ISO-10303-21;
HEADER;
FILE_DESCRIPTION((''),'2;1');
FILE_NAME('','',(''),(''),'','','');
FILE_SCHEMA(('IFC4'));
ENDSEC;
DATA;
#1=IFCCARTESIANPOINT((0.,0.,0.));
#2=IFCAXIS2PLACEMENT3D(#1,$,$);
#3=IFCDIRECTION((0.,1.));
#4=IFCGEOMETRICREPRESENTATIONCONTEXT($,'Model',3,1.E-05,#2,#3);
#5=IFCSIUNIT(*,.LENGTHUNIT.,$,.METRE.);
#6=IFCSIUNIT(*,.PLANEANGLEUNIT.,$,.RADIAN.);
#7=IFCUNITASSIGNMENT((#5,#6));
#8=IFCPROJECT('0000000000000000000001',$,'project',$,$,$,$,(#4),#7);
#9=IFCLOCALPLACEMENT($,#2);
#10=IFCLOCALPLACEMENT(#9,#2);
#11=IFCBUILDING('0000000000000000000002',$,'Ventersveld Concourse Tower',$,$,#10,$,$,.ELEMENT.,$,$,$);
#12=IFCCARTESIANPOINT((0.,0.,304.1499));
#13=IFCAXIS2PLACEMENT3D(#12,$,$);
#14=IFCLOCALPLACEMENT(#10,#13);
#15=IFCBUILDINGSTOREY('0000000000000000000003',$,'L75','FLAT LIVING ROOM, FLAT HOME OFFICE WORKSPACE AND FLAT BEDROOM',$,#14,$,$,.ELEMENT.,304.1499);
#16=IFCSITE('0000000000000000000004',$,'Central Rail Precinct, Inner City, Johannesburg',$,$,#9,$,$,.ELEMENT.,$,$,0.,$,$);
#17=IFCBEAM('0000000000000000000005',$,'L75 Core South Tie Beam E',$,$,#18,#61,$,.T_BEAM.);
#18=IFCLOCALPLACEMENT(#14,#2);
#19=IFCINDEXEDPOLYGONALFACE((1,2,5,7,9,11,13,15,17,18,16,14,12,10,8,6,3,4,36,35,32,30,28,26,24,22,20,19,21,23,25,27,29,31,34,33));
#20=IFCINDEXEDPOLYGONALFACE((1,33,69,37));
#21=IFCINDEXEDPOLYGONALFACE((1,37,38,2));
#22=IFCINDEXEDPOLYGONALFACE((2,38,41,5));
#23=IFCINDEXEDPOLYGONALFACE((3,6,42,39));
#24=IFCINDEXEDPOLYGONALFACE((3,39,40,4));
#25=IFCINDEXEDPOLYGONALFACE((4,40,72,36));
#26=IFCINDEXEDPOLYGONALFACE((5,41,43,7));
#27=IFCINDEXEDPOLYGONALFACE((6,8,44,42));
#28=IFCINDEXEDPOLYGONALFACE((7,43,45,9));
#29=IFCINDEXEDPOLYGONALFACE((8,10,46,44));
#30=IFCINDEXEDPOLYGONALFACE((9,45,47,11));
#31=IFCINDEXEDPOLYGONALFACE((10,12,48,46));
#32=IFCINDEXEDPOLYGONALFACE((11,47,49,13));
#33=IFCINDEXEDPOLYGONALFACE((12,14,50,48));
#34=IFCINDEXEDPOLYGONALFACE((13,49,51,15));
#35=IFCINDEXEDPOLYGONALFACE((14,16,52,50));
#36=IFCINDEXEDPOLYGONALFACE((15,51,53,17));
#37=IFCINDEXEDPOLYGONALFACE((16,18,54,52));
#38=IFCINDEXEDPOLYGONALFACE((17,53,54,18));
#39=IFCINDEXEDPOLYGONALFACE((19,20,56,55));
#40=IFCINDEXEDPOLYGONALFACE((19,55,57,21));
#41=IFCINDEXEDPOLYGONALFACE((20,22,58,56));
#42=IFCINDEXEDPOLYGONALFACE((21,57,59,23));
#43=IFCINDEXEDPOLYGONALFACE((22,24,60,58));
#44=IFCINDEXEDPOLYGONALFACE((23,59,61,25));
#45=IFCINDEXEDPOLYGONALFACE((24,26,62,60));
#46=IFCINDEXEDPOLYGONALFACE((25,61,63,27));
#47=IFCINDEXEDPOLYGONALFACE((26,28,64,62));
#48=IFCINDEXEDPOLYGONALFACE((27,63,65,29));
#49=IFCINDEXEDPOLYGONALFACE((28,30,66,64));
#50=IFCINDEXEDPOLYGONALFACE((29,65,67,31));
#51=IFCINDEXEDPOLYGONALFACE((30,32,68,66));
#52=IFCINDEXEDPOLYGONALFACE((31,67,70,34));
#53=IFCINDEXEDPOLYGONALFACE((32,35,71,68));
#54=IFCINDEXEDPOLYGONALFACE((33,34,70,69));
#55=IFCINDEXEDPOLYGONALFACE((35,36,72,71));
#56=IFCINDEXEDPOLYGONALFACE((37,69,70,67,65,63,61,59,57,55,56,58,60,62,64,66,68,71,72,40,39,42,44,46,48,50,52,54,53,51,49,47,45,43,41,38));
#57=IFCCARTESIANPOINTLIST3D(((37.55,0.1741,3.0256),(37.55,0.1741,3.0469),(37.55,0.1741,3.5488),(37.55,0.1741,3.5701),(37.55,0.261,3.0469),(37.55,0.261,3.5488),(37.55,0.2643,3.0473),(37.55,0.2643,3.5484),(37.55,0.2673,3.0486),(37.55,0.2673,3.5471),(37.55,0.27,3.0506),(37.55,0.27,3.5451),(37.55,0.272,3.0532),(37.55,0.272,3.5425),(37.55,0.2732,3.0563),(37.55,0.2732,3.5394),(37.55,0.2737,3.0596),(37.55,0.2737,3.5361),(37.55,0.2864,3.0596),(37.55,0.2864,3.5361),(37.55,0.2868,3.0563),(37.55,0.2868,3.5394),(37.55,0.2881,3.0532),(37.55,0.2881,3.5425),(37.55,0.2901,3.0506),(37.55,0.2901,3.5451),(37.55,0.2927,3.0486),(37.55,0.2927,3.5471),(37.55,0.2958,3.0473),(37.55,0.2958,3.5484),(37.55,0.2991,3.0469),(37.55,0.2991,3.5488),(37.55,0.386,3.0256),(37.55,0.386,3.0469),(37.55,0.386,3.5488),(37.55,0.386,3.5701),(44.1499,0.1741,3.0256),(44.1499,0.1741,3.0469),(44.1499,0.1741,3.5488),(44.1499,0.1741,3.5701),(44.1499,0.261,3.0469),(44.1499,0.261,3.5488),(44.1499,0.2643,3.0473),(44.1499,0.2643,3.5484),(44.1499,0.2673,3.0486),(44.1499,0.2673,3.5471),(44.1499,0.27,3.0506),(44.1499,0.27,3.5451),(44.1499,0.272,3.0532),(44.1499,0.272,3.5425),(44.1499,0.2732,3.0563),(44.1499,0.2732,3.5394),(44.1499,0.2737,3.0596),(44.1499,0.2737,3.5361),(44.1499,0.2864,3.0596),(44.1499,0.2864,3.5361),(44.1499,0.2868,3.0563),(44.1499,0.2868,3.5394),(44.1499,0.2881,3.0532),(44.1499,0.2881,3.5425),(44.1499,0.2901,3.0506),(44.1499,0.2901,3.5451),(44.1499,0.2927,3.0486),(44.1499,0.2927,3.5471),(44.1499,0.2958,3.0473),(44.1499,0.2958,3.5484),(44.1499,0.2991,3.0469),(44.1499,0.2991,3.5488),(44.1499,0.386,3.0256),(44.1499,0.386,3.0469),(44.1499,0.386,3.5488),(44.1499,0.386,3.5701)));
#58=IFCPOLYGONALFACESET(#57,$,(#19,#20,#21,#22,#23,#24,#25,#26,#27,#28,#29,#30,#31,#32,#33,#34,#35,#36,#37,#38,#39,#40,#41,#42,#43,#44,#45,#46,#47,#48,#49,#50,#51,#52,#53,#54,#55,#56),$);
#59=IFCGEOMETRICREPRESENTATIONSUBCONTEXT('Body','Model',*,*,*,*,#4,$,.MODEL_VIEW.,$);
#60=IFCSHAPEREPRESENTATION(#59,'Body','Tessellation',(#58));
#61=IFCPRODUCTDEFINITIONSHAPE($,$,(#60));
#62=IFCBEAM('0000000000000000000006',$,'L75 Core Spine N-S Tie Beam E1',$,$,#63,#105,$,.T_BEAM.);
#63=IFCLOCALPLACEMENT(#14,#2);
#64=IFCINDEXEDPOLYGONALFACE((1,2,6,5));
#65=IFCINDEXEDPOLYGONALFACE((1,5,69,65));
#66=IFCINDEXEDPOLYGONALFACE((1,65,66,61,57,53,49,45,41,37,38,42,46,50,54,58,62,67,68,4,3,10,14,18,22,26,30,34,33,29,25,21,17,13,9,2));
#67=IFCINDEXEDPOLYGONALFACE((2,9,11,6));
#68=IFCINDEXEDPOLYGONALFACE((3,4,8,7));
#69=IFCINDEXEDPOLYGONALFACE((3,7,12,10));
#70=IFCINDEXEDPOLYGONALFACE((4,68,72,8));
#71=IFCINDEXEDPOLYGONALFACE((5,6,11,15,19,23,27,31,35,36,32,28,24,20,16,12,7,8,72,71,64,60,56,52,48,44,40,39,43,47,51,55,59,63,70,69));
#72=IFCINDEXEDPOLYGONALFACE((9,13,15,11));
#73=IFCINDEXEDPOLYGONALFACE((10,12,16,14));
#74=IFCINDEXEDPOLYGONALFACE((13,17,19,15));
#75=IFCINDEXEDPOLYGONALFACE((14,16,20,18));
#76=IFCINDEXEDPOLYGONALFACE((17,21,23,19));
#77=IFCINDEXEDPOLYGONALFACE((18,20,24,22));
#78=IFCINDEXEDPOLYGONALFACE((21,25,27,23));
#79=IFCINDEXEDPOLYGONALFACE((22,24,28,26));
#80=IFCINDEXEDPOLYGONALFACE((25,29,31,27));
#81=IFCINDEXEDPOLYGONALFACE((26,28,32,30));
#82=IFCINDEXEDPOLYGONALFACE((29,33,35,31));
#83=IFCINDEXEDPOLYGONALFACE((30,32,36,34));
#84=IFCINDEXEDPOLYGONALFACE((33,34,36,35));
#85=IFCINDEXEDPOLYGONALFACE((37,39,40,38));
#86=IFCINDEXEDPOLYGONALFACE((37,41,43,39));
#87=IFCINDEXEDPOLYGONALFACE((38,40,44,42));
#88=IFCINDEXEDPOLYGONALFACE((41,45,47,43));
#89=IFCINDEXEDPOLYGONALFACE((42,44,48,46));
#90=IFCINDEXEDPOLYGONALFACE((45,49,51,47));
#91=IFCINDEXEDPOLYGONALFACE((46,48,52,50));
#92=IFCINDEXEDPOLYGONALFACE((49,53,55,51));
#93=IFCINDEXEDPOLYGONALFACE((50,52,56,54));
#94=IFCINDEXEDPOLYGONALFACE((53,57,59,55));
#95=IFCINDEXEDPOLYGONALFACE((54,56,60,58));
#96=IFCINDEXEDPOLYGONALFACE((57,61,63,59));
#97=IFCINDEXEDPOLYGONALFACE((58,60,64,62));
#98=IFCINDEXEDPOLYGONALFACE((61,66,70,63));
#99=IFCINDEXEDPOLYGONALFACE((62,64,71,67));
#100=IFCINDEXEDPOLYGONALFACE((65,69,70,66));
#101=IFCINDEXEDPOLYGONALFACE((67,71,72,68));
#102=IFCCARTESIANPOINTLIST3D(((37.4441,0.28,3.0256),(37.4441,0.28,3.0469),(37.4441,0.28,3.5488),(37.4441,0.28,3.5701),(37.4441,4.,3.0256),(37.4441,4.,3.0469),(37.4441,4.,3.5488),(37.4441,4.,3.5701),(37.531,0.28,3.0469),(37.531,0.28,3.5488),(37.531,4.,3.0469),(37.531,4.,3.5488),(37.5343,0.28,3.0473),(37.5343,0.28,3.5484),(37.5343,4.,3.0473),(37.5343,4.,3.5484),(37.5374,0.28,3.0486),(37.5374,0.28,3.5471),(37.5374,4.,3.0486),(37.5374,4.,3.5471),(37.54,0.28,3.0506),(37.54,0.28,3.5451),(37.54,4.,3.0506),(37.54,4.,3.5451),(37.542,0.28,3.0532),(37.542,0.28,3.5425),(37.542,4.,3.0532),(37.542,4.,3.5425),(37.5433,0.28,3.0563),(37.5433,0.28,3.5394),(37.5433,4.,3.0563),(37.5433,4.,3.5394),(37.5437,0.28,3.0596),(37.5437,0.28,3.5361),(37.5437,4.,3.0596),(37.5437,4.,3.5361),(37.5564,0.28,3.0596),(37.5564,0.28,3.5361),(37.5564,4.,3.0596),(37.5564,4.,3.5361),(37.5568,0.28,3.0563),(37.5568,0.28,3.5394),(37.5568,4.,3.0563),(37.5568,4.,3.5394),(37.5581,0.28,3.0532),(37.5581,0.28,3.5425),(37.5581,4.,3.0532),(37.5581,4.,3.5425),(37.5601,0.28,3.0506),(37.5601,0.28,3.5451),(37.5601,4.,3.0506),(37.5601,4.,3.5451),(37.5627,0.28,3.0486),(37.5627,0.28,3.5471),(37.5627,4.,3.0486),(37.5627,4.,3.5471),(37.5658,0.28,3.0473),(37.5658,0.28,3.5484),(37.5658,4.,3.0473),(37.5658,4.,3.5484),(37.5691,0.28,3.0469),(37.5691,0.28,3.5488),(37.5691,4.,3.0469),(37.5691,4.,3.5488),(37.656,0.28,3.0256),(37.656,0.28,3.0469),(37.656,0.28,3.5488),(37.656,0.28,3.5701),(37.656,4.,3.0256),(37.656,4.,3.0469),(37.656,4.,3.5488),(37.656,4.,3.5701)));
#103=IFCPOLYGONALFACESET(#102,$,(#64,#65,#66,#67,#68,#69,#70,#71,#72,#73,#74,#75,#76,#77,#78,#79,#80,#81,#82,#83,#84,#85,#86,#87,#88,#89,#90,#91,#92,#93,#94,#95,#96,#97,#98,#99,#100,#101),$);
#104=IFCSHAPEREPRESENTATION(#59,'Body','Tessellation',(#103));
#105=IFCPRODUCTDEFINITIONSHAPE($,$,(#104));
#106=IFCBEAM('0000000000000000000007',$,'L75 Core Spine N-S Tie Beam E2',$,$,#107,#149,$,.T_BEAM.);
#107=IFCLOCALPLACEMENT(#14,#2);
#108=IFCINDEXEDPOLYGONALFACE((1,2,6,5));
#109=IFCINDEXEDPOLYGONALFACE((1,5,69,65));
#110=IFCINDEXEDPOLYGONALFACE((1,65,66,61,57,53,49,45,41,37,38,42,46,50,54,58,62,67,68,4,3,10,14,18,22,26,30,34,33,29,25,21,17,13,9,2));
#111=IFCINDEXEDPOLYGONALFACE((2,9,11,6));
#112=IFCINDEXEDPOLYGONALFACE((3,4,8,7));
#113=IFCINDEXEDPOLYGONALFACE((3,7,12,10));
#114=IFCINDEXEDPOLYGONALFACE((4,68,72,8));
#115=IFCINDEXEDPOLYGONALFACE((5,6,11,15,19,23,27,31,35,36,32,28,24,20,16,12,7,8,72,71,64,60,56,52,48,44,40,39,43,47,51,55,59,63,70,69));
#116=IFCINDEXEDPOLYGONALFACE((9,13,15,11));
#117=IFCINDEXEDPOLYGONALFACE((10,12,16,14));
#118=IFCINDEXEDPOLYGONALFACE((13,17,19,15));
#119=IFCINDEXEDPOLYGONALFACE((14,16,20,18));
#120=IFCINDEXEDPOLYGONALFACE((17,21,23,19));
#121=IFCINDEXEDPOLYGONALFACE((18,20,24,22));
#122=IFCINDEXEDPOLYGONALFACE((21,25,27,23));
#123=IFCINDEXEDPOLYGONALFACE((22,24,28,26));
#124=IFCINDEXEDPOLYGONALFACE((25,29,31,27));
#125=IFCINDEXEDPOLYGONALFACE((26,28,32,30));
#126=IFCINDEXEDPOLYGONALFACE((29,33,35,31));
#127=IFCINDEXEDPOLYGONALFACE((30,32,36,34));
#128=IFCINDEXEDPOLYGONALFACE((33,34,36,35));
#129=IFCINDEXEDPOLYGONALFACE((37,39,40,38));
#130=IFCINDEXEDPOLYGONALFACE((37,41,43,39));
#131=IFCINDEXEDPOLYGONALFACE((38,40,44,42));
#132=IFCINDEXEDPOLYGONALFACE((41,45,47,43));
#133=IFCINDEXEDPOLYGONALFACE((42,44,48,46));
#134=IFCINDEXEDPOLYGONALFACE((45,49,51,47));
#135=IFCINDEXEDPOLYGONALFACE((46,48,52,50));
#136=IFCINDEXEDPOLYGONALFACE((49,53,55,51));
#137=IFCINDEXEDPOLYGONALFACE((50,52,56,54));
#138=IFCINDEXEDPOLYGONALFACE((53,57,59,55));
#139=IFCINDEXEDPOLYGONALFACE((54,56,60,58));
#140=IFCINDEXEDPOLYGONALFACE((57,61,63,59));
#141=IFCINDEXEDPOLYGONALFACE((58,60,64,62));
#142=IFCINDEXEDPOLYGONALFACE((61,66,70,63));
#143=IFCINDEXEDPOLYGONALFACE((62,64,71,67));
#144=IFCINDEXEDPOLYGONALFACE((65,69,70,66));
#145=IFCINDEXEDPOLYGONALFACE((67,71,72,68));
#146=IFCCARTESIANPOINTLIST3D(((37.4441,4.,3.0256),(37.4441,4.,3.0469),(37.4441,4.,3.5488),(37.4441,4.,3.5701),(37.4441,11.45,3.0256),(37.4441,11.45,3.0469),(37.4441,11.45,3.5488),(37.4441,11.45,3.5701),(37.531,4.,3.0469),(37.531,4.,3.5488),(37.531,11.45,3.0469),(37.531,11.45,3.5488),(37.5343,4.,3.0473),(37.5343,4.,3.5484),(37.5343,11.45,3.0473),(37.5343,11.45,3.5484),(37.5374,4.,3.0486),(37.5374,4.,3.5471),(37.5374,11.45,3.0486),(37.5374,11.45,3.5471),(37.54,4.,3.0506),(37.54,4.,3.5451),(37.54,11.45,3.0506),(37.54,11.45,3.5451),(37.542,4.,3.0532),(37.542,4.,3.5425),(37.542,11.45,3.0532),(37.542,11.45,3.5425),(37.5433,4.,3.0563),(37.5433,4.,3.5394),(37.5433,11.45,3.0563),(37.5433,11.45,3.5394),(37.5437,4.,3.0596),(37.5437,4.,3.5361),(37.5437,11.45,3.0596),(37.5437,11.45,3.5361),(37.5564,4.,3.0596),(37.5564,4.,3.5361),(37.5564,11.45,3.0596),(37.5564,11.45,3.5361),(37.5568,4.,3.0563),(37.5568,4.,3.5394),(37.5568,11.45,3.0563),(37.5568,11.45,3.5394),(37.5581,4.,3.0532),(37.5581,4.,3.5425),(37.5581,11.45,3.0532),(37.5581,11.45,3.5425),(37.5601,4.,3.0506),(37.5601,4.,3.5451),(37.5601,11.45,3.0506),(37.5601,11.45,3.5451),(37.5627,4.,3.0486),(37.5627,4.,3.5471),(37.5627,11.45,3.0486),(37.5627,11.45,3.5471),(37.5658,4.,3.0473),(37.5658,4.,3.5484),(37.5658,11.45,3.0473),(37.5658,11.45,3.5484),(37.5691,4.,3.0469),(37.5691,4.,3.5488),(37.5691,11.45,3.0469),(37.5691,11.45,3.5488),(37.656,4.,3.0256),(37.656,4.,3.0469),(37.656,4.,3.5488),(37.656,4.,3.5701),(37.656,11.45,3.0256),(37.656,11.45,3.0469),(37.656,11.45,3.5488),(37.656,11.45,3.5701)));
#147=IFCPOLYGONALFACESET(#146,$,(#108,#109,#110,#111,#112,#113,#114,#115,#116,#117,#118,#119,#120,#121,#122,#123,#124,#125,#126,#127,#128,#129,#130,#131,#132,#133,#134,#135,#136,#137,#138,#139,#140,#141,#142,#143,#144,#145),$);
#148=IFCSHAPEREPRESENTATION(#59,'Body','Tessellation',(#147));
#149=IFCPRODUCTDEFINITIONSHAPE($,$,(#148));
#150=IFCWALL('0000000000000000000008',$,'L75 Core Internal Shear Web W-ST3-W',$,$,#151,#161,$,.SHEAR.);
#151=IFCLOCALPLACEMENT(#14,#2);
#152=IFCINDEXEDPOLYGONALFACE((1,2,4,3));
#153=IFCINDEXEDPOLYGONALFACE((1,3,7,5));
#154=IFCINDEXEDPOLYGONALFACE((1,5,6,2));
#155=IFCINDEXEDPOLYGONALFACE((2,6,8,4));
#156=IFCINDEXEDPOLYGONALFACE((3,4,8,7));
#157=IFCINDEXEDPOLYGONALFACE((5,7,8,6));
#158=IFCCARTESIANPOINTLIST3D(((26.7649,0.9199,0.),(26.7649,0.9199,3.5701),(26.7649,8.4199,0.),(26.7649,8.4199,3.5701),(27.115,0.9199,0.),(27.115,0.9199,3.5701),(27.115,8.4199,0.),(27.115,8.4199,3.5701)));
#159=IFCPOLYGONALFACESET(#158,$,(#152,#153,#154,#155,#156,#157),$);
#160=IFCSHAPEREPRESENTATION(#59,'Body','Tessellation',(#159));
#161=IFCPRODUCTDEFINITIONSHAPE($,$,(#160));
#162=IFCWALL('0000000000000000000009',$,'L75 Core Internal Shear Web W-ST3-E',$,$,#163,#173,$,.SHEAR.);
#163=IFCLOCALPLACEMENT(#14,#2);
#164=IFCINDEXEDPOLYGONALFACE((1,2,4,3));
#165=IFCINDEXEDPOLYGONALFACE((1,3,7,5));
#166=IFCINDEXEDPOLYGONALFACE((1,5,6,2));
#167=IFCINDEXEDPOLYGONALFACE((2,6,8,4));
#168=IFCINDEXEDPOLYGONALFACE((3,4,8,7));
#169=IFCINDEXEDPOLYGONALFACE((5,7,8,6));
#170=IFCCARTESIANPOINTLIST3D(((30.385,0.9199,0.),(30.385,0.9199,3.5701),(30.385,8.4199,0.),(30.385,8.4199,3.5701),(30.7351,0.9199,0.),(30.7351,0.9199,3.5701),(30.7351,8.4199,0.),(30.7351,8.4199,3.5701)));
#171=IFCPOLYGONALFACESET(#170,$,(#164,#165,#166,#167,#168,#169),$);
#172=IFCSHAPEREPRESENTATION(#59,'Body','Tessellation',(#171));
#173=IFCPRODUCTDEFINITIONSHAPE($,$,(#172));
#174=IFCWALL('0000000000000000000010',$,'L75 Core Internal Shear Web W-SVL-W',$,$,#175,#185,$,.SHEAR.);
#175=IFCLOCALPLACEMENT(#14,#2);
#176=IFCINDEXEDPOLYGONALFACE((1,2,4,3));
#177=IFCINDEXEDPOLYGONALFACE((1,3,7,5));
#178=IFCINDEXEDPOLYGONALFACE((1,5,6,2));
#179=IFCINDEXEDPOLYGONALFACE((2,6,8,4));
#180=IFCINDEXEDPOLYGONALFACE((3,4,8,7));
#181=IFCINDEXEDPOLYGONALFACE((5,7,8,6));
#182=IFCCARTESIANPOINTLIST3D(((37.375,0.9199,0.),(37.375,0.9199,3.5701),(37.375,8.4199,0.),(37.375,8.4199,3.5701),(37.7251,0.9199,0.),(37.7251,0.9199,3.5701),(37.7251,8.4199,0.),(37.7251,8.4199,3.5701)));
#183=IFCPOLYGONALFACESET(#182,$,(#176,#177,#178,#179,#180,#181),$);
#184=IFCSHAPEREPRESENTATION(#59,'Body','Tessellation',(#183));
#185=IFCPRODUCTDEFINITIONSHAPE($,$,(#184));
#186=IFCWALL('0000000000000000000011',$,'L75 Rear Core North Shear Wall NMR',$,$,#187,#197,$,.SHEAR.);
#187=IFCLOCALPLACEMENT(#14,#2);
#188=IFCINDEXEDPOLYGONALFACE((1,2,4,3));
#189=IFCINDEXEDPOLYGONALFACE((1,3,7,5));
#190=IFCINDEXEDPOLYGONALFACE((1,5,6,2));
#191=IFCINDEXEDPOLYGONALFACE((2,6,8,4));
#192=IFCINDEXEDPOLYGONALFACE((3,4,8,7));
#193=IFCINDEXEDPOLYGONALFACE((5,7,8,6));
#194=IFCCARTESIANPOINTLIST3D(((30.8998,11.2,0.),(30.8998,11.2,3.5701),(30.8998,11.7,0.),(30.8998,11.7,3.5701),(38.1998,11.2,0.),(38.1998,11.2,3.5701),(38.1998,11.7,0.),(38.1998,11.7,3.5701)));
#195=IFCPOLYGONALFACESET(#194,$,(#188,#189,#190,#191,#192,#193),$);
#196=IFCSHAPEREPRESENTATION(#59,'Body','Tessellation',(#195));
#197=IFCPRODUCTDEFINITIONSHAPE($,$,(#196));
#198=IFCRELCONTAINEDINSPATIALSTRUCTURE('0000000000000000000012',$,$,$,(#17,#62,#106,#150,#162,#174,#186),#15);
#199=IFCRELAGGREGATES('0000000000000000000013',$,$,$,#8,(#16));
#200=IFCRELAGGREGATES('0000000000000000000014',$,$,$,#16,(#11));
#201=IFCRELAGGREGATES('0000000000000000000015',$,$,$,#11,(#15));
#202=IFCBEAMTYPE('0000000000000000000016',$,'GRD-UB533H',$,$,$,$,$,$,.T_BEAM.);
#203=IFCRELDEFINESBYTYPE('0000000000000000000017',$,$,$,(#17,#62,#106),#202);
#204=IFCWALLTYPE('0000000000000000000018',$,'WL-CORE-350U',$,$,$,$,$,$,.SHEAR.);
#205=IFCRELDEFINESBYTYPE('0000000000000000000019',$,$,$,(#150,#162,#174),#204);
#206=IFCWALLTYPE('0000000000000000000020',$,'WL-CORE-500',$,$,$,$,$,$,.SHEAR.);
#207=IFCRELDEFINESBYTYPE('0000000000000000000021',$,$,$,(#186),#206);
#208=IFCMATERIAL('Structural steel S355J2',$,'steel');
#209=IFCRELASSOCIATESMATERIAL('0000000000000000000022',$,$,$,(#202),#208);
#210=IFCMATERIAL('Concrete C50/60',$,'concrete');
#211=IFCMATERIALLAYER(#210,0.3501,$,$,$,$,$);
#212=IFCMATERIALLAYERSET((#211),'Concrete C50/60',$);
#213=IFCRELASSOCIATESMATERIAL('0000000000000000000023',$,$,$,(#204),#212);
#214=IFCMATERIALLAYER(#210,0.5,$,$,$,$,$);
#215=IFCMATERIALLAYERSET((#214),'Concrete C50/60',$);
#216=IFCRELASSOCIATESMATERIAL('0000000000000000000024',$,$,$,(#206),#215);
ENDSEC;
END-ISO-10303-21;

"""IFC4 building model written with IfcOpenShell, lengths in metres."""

from ifc_helpers import new_model, si_unit, direction, frame, frame_2d, origin, origin_2d, place, context, subcontext, project, spatial, rectangle, i_section, extrude, material, layer, layer_set, material_profile, profile_set, type_object, element, save


model = new_model("IFC4")

# Units and contexts
model_context = context("Model", 3, precision=1e-05, world=origin(), true_north=direction((0.0, 1.0)))
body_context = subcontext(model_context, "Body", "Model", "MODEL_VIEW")
ifc_project = project(units=[si_unit("LENGTHUNIT", "METRE"), si_unit("PLANEANGLEUNIT", "RADIAN")], contexts=[model_context])

# Site, building, storey
site_placement = place(None, origin())
site = spatial("IfcSite", under=ifc_project, at=site_placement, Name="Central Rail Precinct, Inner City, Johannesburg", CompositionType="ELEMENT", RefElevation=0.0)
building_placement = place(site_placement, origin())
building = spatial("IfcBuilding", under=site, at=building_placement, Name="Ventersveld Concourse Tower", CompositionType="ELEMENT")
storey_placement = place(building_placement, frame((0.0, 0.0, 304.1499)))
storey = spatial("IfcBuildingStorey", under=building, at=storey_placement, Name="L75", Description="FLAT LIVING ROOM, FLAT HOME OFFICE WORKSPACE AND FLAT BEDROOM", CompositionType="ELEMENT", Elevation=304.1499)

# Shared definitions
ifc_material_1 = material(Name="Concrete C50/60", Category="concrete")

# Beams
ifc_material_2 = material(Name="Structural steel S355J2", Category="steel")
ifc_material_profile_1 = material_profile(ifc_material_2, i_section(OverallWidth=0.2119, OverallDepth=0.5444, WebThickness=0.0127, FlangeThickness=0.0212, FilletRadius=0.0127, at=origin_2d()), Name="UB 533x210x122")
ifc_profile_set_1 = profile_set([ifc_material_profile_1], Name="Structural steel S355J2")
beam_type_1 = type_object("IfcBeamType", Name="GRD-UB533H", PredefinedType="T_BEAM", material=ifc_profile_set_1)
beam_1_placement = place(storey_placement, frame((37.55, 0.28, 3.2979), z_axis=(1.0, 0.0, 0.0), x_axis=(0.0, 1.0, 0.0)))
element("IfcBeam", 1, at=beam_1_placement, inside=storey, type_object=beam_type_1, Name="L75 Core South Tie Beam E", PredefinedType="T_BEAM", context=body_context, shape_type="SweptSolid", body=[
    extrude(i_section(OverallWidth=0.2119, OverallDepth=0.5444, WebThickness=0.0127, FlangeThickness=0.0212, FilletRadius=0.0127, at=origin_2d()), origin(), (0.0, 0.0, 1.0), 6.5999),
])
beam_2_placement = place(storey_placement, frame((37.55, 0.28, 3.2979), z_axis=(0.0, 1.0, 0.0), x_axis=(-1.0, 0.0, 0.0)))
element("IfcBeam", 2, at=beam_2_placement, inside=storey, type_object=beam_type_1, Name="L75 Core Spine N-S Tie Beam E1", PredefinedType="T_BEAM", context=body_context, shape_type="SweptSolid", body=[
    extrude(i_section(OverallWidth=0.2119, OverallDepth=0.5444, WebThickness=0.0127, FlangeThickness=0.0212, FilletRadius=0.0127, at=origin_2d()), origin(), (0.0, 0.0, 1.0), 3.72),
])
beam_3_placement = place(storey_placement, frame((37.55, 4.0, 3.2979), z_axis=(0.0, 1.0, 0.0), x_axis=(-1.0, 0.0, 0.0)))
element("IfcBeam", 3, at=beam_3_placement, inside=storey, type_object=beam_type_1, Name="L75 Core Spine N-S Tie Beam E2", PredefinedType="T_BEAM", context=body_context, shape_type="SweptSolid", body=[
    extrude(i_section(OverallWidth=0.2119, OverallDepth=0.5444, WebThickness=0.0127, FlangeThickness=0.0212, FilletRadius=0.0127, at=origin_2d()), origin(), (0.0, 0.0, 1.0), 7.45),
])

# Walls
ifc_layer_1 = layer(ifc_material_1, 0.3501)
ifc_layer_set_1 = layer_set([ifc_layer_1], Name="Concrete C50/60")
wall_type_1 = type_object("IfcWallType", Name="WL-CORE-350U", PredefinedType="SHEAR", material=ifc_layer_set_1)
for number, where, z_axis, x_axis, name in (
    (4, (26.9399, 0.9199, 0.0), (0.0, 0.0, 1.0), (0.0, 1.0, 0.0), "L75 Core Internal Shear Web W-ST3-W"),
    (5, (30.5601, 0.9199, 0.0), (0.0, 0.0, 1.0), (0.0, 1.0, 0.0), "L75 Core Internal Shear Web W-ST3-E"),
    (6, (37.55, 0.9199, 0.0), (0.0, 0.0, 1.0), (0.0, 1.0, 0.0), "L75 Core Internal Shear Web W-SVL-W"),
):
    element("IfcWall", number, at=place(storey_placement, frame(where, z_axis=z_axis, x_axis=x_axis)), inside=storey, type_object=wall_type_1, Name=name, PredefinedType="SHEAR", context=body_context, shape_type="SweptSolid", body=[
        extrude(rectangle(XDim=7.5, YDim=0.3501, at=frame_2d((3.75, 0.0))), origin(), (0.0, 0.0, 1.0), 3.5701),
    ])
ifc_layer_2 = layer(ifc_material_1, 0.5)
ifc_layer_set_2 = layer_set([ifc_layer_2], Name="Concrete C50/60")
wall_type_2 = type_object("IfcWallType", Name="WL-CORE-500", PredefinedType="SHEAR", material=ifc_layer_set_2)
wall_1_placement = place(storey_placement, frame((30.8999, 11.45, 0.0), z_axis=(0.0, 0.0, 1.0), x_axis=(1.0, 0.0, 0.0)))
element("IfcWall", 7, at=wall_1_placement, inside=storey, type_object=wall_type_2, Name="L75 Rear Core North Shear Wall NMR", PredefinedType="SHEAR", context=body_context, shape_type="SweptSolid", body=[
    extrude(rectangle(XDim=7.3, YDim=0.5, at=frame_2d((3.6499, 0.0))), origin(), (0.0, 0.0, 1.0), 3.5701),
])

save(model, "model.ifc")
